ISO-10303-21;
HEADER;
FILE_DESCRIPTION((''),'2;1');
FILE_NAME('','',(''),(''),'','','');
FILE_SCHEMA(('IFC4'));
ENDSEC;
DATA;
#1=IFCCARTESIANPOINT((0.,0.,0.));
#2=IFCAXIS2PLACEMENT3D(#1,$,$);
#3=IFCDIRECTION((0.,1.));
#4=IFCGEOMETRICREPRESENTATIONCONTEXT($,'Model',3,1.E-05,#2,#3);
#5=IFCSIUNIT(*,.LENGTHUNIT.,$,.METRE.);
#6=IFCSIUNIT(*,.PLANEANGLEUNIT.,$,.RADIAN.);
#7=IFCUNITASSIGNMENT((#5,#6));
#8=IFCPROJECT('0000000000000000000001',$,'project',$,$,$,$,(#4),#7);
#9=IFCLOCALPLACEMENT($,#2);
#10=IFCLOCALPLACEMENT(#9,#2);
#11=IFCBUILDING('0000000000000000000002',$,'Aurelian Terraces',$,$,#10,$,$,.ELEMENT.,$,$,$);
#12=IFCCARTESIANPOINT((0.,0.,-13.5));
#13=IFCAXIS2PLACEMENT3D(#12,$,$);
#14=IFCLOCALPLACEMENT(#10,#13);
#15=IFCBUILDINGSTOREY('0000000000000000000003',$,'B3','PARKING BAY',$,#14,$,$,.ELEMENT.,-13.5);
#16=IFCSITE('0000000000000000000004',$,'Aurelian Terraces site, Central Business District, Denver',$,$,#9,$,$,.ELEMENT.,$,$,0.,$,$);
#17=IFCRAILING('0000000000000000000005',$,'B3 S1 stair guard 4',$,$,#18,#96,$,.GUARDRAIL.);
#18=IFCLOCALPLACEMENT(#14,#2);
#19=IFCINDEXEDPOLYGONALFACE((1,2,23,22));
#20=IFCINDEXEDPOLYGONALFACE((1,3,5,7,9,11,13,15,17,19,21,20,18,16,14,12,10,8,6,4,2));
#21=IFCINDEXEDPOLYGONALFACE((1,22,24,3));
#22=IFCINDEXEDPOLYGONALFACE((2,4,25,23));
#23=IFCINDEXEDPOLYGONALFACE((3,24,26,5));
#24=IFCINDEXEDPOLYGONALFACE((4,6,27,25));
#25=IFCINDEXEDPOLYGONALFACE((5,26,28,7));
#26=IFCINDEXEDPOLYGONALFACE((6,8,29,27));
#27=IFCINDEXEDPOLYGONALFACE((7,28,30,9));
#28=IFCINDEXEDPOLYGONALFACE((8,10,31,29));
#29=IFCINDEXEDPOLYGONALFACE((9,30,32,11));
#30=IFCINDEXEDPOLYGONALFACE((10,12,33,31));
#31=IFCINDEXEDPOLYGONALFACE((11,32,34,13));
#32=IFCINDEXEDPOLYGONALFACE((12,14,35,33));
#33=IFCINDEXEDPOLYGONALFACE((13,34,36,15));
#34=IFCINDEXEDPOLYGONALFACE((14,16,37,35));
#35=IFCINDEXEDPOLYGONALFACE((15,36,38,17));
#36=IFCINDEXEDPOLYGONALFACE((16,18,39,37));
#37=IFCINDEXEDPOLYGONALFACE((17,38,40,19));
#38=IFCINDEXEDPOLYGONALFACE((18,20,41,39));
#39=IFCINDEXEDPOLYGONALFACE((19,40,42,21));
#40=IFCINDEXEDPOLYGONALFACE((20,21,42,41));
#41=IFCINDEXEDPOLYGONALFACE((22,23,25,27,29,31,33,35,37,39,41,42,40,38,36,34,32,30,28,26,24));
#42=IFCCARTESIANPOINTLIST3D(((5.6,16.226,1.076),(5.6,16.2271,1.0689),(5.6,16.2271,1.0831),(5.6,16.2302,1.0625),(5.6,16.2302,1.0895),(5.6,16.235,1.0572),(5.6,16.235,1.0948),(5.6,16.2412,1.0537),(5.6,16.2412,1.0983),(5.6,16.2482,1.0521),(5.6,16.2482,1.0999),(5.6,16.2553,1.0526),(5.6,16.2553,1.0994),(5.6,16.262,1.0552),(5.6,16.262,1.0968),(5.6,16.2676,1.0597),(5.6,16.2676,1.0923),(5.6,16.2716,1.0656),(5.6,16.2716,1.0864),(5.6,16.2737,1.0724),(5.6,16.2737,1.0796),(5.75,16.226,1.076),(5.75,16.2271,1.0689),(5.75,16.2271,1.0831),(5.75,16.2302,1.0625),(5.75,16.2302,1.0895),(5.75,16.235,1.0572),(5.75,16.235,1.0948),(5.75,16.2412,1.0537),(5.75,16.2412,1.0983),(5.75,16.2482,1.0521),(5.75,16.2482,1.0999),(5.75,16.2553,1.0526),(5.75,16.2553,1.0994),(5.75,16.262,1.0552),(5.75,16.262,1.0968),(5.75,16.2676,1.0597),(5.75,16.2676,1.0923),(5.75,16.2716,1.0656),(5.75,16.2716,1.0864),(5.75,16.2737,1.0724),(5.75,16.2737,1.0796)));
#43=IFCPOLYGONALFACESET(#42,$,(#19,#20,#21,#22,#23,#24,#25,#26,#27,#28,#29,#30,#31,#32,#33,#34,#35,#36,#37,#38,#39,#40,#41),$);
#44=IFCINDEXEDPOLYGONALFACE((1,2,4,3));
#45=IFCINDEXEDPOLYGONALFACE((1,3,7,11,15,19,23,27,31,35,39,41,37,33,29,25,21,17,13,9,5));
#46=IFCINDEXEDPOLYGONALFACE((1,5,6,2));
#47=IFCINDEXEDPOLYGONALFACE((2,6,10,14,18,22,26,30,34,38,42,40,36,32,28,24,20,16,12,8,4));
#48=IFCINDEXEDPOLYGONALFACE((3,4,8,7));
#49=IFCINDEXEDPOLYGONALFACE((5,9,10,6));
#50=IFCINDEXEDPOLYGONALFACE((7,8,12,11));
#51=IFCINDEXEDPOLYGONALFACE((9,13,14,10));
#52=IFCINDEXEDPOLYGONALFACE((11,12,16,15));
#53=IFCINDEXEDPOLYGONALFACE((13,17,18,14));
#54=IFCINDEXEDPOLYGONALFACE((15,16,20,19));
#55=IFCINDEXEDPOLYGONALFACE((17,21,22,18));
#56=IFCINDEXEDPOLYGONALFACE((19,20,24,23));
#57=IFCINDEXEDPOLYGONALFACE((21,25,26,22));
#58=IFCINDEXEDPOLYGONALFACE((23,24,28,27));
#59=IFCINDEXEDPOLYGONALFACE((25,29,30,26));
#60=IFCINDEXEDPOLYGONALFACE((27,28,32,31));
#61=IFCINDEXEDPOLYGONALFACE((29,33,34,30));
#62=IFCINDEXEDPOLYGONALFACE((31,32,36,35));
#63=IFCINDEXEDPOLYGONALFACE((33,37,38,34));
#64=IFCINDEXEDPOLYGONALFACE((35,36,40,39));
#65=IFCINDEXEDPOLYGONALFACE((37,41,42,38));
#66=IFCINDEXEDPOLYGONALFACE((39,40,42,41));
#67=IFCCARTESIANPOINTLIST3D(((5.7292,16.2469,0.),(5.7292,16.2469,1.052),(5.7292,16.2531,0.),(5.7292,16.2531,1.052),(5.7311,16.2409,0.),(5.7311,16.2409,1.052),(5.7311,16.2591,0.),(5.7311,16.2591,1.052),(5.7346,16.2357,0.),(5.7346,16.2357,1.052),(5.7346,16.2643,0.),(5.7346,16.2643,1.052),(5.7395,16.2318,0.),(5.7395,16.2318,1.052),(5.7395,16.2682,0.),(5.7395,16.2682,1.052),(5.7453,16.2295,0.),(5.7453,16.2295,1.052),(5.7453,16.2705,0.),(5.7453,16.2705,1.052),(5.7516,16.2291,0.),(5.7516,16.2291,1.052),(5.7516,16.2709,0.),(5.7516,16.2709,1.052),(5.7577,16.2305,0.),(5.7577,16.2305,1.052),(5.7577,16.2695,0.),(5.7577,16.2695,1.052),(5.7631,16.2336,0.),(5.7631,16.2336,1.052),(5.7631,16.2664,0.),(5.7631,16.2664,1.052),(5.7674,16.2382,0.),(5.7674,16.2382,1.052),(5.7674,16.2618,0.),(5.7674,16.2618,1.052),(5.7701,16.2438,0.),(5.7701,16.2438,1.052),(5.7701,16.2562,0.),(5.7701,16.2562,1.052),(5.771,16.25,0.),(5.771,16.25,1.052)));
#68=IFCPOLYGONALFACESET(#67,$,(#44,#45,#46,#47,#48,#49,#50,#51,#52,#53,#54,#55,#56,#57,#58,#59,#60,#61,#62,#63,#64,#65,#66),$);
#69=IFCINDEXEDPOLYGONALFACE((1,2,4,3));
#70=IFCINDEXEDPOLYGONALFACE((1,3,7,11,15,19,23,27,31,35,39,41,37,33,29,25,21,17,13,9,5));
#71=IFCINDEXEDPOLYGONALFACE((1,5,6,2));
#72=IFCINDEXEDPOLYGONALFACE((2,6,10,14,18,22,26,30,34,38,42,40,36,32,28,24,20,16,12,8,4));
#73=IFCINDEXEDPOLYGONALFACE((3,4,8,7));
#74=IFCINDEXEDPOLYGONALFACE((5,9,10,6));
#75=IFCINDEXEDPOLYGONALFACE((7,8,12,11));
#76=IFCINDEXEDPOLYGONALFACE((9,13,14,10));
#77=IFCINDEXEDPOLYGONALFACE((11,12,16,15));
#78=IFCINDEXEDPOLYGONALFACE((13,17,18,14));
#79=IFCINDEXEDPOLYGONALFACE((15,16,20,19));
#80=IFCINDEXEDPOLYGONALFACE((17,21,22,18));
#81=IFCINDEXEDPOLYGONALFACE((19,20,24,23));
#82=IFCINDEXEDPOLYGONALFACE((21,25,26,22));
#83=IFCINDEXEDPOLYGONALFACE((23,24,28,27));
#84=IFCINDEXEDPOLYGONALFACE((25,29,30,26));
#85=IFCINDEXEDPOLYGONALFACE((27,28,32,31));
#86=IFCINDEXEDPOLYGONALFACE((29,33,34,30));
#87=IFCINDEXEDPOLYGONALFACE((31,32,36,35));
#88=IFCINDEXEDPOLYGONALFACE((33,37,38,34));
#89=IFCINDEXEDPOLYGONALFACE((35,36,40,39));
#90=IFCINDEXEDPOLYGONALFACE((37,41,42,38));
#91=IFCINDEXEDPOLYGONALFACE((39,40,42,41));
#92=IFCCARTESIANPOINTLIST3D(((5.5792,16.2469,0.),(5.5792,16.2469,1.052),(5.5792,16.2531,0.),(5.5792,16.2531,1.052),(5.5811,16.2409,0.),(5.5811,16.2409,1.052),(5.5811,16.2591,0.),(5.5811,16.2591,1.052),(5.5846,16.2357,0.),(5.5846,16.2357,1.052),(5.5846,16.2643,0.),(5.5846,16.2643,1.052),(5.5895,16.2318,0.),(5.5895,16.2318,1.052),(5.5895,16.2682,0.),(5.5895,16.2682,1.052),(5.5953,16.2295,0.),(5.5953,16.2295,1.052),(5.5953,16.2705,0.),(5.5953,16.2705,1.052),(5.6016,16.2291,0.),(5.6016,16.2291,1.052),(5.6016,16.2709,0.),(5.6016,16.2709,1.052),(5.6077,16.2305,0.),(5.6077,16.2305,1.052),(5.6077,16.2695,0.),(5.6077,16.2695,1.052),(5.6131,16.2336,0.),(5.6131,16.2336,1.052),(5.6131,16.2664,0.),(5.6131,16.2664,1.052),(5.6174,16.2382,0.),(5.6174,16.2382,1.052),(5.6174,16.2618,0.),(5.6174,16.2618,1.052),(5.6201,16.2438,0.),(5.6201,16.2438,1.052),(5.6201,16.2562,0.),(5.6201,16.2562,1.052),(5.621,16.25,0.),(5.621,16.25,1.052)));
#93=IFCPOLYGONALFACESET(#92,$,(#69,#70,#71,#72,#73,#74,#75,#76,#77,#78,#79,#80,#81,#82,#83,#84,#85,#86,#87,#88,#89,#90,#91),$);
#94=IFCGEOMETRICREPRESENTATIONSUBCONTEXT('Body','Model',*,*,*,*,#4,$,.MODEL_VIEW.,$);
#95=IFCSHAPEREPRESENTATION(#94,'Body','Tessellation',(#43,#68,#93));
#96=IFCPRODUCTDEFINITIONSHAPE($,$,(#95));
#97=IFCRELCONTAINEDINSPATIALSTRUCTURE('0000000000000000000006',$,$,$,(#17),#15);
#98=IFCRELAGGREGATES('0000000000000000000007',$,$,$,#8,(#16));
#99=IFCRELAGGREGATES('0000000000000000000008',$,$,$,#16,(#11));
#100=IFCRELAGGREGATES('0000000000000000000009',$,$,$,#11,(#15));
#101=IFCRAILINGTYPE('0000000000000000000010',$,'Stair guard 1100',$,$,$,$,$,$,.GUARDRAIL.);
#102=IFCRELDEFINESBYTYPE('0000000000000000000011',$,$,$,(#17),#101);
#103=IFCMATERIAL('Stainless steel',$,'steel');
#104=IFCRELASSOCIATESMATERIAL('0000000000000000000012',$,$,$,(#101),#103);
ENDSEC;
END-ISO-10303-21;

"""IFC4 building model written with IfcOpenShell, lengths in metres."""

from ifc_helpers import new_model, si_unit, direction, frame, origin, origin_2d, place, context, subcontext, project, spatial, circle, extrude, source, transform, mapped, material, type_object, element, save


model = new_model("IFC4")

# Units and contexts
model_context = context("Model", 3, precision=1e-05, world=origin(), true_north=direction((0.0, 1.0)))
body_context = subcontext(model_context, "Body", "Model", "MODEL_VIEW")
ifc_project = project(units=[si_unit("LENGTHUNIT", "METRE"), si_unit("PLANEANGLEUNIT", "RADIAN")], contexts=[model_context])

# Site, building, storey
site_placement = place(None, origin())
site = spatial("IfcSite", under=ifc_project, at=site_placement, Name="Aurelian Terraces site, Central Business District, Denver", CompositionType="ELEMENT", RefElevation=0.0)
building_placement = place(site_placement, origin())
building = spatial("IfcBuilding", under=site, at=building_placement, Name="Aurelian Terraces", CompositionType="ELEMENT")
storey_placement = place(building_placement, frame((0.0, 0.0, -13.5)))
storey = spatial("IfcBuildingStorey", under=building, at=storey_placement, Name="B3", Description="PARKING BAY", CompositionType="ELEMENT", Elevation=-13.5)

# Shared definitions
ifc_material_1 = material(Name="Stainless steel", Category="steel")

# Railing
railing_type_1 = type_object("IfcRailingType", Name="Stair guard 1100", PredefinedType="GUARDRAIL", material=ifc_material_1)
shared_shape_1 = source(origin(), body_context, "Body", "SweptSolid", [
    extrude(circle(Radius=0.024, at=origin_2d()), frame((0.0, 0.0, 1.076), z_axis=(-1.0, 0.0, 0.0), x_axis=(0.0, -1.0, 0.0)), (0.0, 0.0, 1.0), 0.15),
    extrude(circle(Radius=0.021, at=origin_2d()), origin(), (0.0, 0.0, 1.0), 1.052),
    extrude(circle(Radius=0.021, at=origin_2d()), frame((-0.15, 0.0, 0.0)), (0.0, 0.0, 1.0), 1.052),
])
railing_1_placement = place(storey_placement, frame((5.75, 16.25, 0.0)))
element("IfcRailing", 1, at=railing_1_placement, inside=storey, type_object=railing_type_1, Name="B3 S1 stair guard 4", PredefinedType="GUARDRAIL", context=body_context, shape_type="MappedRepresentation", body=[
    mapped(shared_shape_1, transform((0.0, 0.0, 0.0), scale=1.0)),
])

save(model, "model.ifc")
